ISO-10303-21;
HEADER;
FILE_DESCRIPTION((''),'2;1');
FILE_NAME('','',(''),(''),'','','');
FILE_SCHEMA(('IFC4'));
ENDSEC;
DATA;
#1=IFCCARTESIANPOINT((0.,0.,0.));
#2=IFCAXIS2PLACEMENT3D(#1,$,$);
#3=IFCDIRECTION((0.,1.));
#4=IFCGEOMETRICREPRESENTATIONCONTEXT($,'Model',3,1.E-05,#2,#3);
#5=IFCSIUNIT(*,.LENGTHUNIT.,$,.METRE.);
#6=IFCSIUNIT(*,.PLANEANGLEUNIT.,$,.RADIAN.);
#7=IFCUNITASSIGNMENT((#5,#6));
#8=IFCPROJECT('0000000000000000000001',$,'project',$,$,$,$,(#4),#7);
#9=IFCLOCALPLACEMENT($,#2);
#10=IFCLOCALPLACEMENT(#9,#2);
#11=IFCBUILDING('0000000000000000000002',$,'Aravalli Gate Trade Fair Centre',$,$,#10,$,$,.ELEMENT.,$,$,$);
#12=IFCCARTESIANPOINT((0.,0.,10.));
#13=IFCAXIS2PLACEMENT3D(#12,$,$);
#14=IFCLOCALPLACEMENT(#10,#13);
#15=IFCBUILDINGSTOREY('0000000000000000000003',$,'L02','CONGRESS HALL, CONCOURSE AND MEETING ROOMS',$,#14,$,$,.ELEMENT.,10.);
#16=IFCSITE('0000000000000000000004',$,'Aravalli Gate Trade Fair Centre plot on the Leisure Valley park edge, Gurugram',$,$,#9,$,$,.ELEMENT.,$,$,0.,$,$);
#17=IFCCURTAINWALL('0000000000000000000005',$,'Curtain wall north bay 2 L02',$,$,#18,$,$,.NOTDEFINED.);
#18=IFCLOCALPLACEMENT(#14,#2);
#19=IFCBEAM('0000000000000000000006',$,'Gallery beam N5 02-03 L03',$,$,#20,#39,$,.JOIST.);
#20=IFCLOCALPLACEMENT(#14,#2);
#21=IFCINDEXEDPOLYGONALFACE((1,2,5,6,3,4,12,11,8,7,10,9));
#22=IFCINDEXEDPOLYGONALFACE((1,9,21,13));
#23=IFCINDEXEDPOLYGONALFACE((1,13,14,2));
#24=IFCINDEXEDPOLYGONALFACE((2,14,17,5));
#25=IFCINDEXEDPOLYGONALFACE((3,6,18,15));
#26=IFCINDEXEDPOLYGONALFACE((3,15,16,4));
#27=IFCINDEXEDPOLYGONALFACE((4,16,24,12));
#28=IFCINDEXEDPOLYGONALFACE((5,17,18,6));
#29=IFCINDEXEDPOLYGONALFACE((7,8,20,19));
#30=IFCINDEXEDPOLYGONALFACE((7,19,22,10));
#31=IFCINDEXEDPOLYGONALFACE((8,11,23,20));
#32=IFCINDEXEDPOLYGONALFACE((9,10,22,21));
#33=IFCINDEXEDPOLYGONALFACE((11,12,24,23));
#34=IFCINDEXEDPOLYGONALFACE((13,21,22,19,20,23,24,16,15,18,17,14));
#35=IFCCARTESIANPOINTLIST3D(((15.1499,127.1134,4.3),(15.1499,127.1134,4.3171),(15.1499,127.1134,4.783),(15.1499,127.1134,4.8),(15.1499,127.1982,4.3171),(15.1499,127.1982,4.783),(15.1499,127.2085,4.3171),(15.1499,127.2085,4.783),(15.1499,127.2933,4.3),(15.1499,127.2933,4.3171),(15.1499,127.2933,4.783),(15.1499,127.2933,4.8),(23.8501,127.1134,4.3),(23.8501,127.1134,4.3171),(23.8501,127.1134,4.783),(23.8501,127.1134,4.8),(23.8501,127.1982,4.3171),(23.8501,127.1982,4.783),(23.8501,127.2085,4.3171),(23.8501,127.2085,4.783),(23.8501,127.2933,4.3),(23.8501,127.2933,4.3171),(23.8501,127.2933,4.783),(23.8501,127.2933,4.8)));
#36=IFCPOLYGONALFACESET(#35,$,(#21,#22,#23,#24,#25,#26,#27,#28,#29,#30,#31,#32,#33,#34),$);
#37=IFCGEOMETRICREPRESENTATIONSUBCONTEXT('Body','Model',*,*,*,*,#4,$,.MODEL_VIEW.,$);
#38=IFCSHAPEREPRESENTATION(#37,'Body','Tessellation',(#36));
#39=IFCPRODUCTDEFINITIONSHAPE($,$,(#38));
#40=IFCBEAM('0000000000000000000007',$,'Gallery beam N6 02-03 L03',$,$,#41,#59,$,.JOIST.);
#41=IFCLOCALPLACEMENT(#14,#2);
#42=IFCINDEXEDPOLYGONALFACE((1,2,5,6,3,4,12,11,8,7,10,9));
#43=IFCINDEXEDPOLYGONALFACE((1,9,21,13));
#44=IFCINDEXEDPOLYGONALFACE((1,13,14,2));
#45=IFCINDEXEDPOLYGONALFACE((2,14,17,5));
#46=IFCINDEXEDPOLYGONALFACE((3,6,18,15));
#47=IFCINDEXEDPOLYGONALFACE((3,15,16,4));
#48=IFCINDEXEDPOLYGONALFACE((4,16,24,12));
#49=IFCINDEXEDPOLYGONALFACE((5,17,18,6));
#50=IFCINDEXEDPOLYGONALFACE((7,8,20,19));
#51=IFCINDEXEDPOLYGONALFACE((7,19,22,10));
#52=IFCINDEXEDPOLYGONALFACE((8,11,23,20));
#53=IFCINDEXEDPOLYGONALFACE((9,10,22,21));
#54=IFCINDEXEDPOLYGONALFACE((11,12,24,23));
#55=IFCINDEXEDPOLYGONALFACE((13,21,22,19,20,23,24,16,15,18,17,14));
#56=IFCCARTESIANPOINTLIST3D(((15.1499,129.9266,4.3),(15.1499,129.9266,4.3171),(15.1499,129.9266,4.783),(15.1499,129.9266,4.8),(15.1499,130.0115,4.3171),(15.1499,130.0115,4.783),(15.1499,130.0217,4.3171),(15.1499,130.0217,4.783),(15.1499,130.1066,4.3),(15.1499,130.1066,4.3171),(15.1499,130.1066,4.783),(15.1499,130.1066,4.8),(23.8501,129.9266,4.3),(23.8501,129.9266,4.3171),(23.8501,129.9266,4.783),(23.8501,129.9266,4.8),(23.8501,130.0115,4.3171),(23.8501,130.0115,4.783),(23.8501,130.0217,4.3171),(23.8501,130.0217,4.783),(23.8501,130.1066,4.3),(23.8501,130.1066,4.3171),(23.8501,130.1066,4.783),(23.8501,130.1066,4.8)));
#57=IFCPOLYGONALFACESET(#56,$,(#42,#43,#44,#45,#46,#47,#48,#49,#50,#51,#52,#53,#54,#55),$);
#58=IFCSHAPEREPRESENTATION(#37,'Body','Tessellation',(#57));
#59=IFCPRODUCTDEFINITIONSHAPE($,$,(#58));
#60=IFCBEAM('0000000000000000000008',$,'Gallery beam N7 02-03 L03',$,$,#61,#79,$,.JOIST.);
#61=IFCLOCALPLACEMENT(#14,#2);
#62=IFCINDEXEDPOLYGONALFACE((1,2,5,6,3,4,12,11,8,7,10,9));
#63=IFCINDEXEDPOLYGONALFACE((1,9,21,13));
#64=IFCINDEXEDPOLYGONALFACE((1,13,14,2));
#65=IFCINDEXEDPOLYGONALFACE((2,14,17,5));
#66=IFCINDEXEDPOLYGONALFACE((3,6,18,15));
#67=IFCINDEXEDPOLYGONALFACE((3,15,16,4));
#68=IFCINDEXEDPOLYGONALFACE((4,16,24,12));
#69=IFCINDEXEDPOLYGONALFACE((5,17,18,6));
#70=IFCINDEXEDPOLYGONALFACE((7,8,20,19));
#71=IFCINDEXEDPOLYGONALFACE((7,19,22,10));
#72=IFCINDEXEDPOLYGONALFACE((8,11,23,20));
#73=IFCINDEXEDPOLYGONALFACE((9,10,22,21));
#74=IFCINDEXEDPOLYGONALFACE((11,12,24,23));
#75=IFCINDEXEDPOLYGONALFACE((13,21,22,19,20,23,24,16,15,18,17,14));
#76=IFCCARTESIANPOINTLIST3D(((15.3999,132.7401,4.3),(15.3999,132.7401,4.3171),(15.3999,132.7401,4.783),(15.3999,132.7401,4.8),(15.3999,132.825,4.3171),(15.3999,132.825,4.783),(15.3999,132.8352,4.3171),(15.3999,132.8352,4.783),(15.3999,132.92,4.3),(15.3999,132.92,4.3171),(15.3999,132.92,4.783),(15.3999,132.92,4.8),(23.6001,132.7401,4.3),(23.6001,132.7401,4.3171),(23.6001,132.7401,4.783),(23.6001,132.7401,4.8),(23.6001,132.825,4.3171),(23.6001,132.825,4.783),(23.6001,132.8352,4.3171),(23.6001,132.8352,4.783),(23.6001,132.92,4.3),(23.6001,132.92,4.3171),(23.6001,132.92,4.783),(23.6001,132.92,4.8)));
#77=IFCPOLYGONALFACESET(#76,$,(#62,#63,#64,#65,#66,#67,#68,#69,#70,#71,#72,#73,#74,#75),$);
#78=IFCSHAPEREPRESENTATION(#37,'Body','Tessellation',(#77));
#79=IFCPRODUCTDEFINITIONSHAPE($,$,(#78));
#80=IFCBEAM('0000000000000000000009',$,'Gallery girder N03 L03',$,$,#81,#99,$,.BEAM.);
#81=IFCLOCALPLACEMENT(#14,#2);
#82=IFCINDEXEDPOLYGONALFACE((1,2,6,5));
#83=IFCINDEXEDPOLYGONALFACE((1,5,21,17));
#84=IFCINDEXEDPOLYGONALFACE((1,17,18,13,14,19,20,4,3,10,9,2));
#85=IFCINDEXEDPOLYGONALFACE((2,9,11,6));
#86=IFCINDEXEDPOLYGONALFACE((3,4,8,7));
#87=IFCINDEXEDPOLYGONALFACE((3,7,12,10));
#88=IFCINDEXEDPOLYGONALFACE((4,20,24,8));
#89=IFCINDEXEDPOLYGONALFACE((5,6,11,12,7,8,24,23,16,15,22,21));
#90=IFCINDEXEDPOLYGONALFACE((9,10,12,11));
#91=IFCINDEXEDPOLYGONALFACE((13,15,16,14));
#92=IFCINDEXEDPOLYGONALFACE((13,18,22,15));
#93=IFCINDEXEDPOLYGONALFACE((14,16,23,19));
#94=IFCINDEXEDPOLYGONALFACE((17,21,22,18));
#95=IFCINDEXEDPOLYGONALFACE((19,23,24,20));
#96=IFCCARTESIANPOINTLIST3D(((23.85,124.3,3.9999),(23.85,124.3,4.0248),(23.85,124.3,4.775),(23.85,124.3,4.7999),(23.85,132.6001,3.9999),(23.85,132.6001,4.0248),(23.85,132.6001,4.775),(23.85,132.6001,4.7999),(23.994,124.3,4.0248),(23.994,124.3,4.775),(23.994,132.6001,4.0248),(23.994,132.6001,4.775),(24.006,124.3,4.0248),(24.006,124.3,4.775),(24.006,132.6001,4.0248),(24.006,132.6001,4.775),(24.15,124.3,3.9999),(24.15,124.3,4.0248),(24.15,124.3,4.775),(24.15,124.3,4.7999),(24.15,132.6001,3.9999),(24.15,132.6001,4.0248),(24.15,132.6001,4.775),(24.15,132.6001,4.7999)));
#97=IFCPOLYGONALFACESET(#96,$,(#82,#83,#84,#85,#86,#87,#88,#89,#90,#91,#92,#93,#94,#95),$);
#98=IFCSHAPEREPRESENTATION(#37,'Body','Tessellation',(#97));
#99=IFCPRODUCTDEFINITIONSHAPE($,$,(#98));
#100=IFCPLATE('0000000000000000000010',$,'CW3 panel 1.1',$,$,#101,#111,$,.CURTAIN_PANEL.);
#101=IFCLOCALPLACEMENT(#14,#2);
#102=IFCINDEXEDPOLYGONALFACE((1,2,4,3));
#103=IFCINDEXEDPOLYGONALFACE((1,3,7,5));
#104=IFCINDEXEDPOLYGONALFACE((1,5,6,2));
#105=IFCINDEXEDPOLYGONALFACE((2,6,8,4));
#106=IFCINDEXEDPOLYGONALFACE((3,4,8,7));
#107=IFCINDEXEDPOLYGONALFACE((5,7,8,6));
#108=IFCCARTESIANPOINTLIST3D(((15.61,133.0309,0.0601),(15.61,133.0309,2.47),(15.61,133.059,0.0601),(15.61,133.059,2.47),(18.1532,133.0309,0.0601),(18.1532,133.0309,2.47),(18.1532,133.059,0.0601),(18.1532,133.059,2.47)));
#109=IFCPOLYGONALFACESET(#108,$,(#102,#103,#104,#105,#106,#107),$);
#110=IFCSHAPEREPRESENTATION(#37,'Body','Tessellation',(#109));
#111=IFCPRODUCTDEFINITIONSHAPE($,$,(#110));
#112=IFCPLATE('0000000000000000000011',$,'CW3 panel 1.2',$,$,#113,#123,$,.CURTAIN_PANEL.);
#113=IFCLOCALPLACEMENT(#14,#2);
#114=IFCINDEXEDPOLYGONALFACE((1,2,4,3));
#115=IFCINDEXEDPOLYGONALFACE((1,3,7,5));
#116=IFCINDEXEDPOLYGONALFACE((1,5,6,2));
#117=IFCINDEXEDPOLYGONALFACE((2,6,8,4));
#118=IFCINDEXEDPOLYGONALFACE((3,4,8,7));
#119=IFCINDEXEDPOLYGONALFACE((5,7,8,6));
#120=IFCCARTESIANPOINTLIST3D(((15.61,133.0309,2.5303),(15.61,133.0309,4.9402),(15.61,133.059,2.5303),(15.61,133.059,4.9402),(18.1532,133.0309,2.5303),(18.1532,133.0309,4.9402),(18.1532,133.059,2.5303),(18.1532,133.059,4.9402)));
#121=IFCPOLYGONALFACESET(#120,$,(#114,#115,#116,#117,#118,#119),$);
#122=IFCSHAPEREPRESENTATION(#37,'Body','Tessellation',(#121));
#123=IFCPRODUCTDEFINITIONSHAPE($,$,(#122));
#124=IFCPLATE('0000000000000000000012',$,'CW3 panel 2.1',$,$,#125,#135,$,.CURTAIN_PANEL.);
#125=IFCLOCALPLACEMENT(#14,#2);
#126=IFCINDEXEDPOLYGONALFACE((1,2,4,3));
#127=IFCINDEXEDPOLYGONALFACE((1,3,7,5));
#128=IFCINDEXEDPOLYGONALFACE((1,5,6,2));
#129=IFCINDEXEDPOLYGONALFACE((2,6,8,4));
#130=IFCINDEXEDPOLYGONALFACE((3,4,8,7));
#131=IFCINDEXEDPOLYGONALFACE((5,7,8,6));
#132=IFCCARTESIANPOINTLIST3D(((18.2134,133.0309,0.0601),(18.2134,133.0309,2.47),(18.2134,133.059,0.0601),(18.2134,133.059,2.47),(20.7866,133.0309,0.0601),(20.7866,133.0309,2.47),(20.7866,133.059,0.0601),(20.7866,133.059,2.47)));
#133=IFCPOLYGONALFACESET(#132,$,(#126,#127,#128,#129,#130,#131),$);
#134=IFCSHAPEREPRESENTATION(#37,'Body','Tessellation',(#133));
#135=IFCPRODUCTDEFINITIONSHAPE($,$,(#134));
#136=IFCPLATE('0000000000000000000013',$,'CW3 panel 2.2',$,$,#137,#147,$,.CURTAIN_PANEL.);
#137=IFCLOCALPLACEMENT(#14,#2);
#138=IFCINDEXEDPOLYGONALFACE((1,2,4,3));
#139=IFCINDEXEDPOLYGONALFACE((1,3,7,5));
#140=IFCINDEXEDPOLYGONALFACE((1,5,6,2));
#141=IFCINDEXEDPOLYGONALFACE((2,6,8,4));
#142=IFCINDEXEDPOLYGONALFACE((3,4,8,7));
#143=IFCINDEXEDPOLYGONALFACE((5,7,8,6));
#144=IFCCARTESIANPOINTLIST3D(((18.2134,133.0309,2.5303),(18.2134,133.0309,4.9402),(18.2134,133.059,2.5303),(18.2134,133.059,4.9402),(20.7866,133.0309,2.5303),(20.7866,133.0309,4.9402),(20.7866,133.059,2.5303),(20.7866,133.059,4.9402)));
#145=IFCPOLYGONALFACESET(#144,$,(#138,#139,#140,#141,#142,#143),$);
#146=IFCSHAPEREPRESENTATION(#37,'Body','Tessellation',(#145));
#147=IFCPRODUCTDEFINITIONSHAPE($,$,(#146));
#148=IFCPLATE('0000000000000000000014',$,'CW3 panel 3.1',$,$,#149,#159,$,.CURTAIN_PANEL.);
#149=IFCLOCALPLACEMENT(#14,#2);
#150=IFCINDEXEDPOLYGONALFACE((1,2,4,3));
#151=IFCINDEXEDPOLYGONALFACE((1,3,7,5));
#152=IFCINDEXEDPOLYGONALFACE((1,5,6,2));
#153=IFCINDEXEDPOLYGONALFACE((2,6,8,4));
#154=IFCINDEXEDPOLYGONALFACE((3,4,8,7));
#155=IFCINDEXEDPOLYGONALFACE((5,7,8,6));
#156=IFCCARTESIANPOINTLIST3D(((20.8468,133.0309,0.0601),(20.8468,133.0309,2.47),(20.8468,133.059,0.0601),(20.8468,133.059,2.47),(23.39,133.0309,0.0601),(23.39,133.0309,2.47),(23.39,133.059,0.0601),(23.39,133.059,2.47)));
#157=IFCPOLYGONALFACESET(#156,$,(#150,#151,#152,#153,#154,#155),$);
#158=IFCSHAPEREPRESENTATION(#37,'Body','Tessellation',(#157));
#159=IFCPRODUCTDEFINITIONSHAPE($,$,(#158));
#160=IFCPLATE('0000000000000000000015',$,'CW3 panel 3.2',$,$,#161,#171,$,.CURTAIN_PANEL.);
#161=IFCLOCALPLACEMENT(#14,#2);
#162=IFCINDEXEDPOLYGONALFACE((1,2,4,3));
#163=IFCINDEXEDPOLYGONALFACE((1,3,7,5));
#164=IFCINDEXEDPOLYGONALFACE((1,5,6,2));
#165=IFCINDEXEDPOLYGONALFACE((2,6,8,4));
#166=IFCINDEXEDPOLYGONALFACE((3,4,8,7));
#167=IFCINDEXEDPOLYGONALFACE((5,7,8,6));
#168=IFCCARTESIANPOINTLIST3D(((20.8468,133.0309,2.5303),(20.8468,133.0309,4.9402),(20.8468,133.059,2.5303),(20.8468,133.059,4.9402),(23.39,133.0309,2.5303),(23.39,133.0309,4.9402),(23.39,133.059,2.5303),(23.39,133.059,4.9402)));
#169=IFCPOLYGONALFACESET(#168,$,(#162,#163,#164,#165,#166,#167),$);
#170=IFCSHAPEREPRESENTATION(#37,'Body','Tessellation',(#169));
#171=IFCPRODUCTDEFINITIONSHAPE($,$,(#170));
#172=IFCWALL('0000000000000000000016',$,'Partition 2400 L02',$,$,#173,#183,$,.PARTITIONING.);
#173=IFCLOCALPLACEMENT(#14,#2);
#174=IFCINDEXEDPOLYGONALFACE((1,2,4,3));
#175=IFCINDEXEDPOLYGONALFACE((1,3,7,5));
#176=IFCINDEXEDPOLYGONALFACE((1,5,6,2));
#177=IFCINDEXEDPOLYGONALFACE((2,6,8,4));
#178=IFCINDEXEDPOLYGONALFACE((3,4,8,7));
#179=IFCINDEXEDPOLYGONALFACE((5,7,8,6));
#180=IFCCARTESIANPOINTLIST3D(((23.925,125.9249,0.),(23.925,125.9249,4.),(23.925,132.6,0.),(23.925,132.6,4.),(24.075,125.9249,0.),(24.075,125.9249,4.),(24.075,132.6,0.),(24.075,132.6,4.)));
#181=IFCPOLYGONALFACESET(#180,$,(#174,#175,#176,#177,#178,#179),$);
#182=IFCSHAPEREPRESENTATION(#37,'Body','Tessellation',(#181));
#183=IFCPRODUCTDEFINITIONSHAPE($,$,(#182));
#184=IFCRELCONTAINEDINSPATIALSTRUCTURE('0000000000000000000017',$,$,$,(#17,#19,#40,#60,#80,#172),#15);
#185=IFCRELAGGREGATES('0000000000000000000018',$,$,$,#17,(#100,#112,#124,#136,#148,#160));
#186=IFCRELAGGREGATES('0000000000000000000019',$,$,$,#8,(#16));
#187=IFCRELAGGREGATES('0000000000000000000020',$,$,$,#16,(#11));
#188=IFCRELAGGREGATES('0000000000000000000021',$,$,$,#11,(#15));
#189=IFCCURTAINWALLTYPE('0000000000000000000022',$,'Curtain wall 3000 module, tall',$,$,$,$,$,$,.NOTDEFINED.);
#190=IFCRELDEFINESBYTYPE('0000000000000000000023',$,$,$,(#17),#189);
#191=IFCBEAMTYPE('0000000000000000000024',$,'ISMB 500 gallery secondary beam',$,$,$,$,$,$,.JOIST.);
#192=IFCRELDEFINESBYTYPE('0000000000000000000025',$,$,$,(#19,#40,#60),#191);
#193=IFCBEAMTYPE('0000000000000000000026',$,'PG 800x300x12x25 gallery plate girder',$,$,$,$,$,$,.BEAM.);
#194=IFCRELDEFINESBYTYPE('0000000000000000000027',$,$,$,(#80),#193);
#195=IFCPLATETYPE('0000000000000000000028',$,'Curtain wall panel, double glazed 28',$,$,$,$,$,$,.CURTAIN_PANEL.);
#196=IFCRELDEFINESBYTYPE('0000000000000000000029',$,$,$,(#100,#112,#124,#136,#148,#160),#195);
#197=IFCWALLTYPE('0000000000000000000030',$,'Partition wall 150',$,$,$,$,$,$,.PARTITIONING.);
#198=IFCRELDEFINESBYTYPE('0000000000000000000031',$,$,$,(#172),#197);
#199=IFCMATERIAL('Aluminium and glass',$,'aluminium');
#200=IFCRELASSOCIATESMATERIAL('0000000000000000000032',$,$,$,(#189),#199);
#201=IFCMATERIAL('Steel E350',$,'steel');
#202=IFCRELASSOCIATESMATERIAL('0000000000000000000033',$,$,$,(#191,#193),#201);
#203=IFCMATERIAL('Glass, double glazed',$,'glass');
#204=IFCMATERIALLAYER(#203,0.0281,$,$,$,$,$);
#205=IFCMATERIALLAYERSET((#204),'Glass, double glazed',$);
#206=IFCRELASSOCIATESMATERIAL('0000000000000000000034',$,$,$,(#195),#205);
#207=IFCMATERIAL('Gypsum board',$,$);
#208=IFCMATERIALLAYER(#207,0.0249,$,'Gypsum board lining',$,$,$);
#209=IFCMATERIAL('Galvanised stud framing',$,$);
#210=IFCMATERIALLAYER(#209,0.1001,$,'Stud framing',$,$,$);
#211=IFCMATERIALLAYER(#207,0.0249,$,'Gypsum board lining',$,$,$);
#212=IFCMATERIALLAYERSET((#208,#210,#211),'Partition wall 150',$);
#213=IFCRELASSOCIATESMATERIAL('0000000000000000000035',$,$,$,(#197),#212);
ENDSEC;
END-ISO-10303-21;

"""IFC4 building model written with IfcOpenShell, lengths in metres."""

from ifc_helpers import new_model, si_unit, direction, frame, frame_2d, origin, origin_2d, place, context, subcontext, project, spatial, rectangle, i_section, extrude, material, layer, layer_set, material_profile, profile_set, type_object, element, aggregate, save


model = new_model("IFC4")

# Units and contexts
model_context = context("Model", 3, precision=1e-05, world=origin(), true_north=direction((0.0, 1.0)))
body_context = subcontext(model_context, "Body", "Model", "MODEL_VIEW")
ifc_project = project(units=[si_unit("LENGTHUNIT", "METRE"), si_unit("PLANEANGLEUNIT", "RADIAN")], contexts=[model_context])

# Site, building, storey
site_placement = place(None, origin())
site = spatial("IfcSite", under=ifc_project, at=site_placement, Name="Aravalli Gate Trade Fair Centre plot on the Leisure Valley park edge, Gurugram", CompositionType="ELEMENT", RefElevation=0.0)
building_placement = place(site_placement, origin())
building = spatial("IfcBuilding", under=site, at=building_placement, Name="Aravalli Gate Trade Fair Centre", CompositionType="ELEMENT")
storey_placement = place(building_placement, frame((0.0, 0.0, 10.0)))
storey = spatial("IfcBuildingStorey", under=building, at=storey_placement, Name="L02", Description="CONGRESS HALL, CONCOURSE AND MEETING ROOMS", CompositionType="ELEMENT", Elevation=10.0)

# Curtain wall
ifc_material_1 = material(Name="Aluminium and glass", Category="aluminium")
curtain_wall_type = type_object("IfcCurtainWallType", Name="Curtain wall 3000 module, tall", PredefinedType="NOTDEFINED", material=ifc_material_1)
curtain_wall_placement = place(storey_placement, origin())
curtain_wall = element("IfcCurtainWall", 1, at=curtain_wall_placement, inside=storey, type_object=curtain_wall_type, Name="Curtain wall north bay 2 L02", PredefinedType="NOTDEFINED")

# Beams
ifc_material_2 = material(Name="Steel E350", Category="steel")
ifc_material_profile_1 = material_profile(ifc_material_2, i_section(OverallWidth=0.1799, OverallDepth=0.5, WebThickness=0.0103, FlangeThickness=0.0171, at=origin_2d()), Name="ISMB 500")
ifc_profile_set_1 = profile_set([ifc_material_profile_1], Name="Steel E350")
beam_type_1 = type_object("IfcBeamType", Name="ISMB 500 gallery secondary beam", PredefinedType="JOIST", material=ifc_profile_set_1)
for number, where, z_axis, x_axis, name in (
    (2, (15.1499, 127.2034, 4.55), (1.0, 0.0, 0.0), (0.0, 1.0, 0.0), "Gallery beam N5 02-03 L03"),
    (3, (15.1499, 130.0166, 4.55), (1.0, 0.0, 0.0), (0.0, 1.0, 0.0), "Gallery beam N6 02-03 L03"),
):
    element("IfcBeam", number, at=place(storey_placement, frame(where, z_axis=z_axis, x_axis=x_axis)), inside=storey, type_object=beam_type_1, Name=name, PredefinedType="JOIST", context=body_context, shape_type="SweptSolid", body=[
        extrude(i_section(OverallWidth=0.1799, OverallDepth=0.5, WebThickness=0.0103, FlangeThickness=0.0171, at=origin_2d()), origin(), (0.0, 0.0, 1.0), 8.7002),
    ])
beam_1_placement = place(storey_placement, frame((15.3999, 132.8301, 4.55), z_axis=(1.0, 0.0, 0.0), x_axis=(0.0, 1.0, 0.0)))
element("IfcBeam", 4, at=beam_1_placement, inside=storey, type_object=beam_type_1, Name="Gallery beam N7 02-03 L03", PredefinedType="JOIST", context=body_context, shape_type="SweptSolid", body=[
    extrude(i_section(OverallWidth=0.1799, OverallDepth=0.5, WebThickness=0.0103, FlangeThickness=0.0171, at=origin_2d()), origin(), (0.0, 0.0, 1.0), 8.2002),
])
ifc_material_profile_2 = material_profile(ifc_material_2, i_section(OverallWidth=0.3, OverallDepth=0.8, WebThickness=0.012, FlangeThickness=0.0249, at=origin_2d()), Name="PG 800x300x12x25")
ifc_profile_set_2 = profile_set([ifc_material_profile_2], Name="Steel E350")
beam_type_2 = type_object("IfcBeamType", Name="PG 800x300x12x25 gallery plate girder", PredefinedType="BEAM", material=ifc_profile_set_2)
beam_2_placement = place(storey_placement, frame((24.0, 124.3, 4.3999), z_axis=(0.0, 1.0, 0.0), x_axis=(-1.0, 0.0, 0.0)))
element("IfcBeam", 5, at=beam_2_placement, inside=storey, type_object=beam_type_2, Name="Gallery girder N03 L03", PredefinedType="BEAM", context=body_context, shape_type="SweptSolid", body=[
    extrude(i_section(OverallWidth=0.3, OverallDepth=0.8, WebThickness=0.012, FlangeThickness=0.0249, at=origin_2d()), origin(), (0.0, 0.0, 1.0), 8.3),
])

# Plates
ifc_material_3 = material(Name="Glass, double glazed", Category="glass")
ifc_layer_1 = layer(ifc_material_3, 0.0281)
ifc_layer_set_1 = layer_set([ifc_layer_1], Name="Glass, double glazed")
plate_type = type_object("IfcPlateType", Name="Curtain wall panel, double glazed 28", PredefinedType="CURTAIN_PANEL", material=ifc_layer_set_1)
plate_1_placement = place(storey_placement, frame((16.8816, 133.0449, 0.0601), z_axis=(0.0, 0.0, 1.0), x_axis=(1.0, 0.0, 0.0)))
plate_1 = element("IfcPlate", 6, at=plate_1_placement, type_object=plate_type, Name="CW3 panel 1.1", PredefinedType="CURTAIN_PANEL", context=body_context, shape_type="SweptSolid", body=[
    extrude(rectangle(XDim=2.5432, YDim=0.0281, at=origin_2d()), origin(), (0.0, 0.0, 1.0), 2.4099),
])
plate_2_placement = place(storey_placement, frame((16.8816, 133.0449, 2.5303), z_axis=(0.0, 0.0, 1.0), x_axis=(1.0, 0.0, 0.0)))
plate_2 = element("IfcPlate", 7, at=plate_2_placement, type_object=plate_type, Name="CW3 panel 1.2", PredefinedType="CURTAIN_PANEL", context=body_context, shape_type="SweptSolid", body=[
    extrude(rectangle(XDim=2.5432, YDim=0.0281, at=origin_2d()), origin(), (0.0, 0.0, 1.0), 2.4099),
])
plate_3_placement = place(storey_placement, frame((19.5, 133.0449, 0.0601), z_axis=(0.0, 0.0, 1.0), x_axis=(1.0, 0.0, 0.0)))
plate_3 = element("IfcPlate", 8, at=plate_3_placement, type_object=plate_type, Name="CW3 panel 2.1", PredefinedType="CURTAIN_PANEL", context=body_context, shape_type="SweptSolid", body=[
    extrude(rectangle(XDim=2.5732, YDim=0.0281, at=origin_2d()), origin(), (0.0, 0.0, 1.0), 2.4099),
])
plate_4_placement = place(storey_placement, frame((19.5, 133.0449, 2.5303), z_axis=(0.0, 0.0, 1.0), x_axis=(1.0, 0.0, 0.0)))
plate_4 = element("IfcPlate", 9, at=plate_4_placement, type_object=plate_type, Name="CW3 panel 2.2", PredefinedType="CURTAIN_PANEL", context=body_context, shape_type="SweptSolid", body=[
    extrude(rectangle(XDim=2.5732, YDim=0.0281, at=origin_2d()), origin(), (0.0, 0.0, 1.0), 2.4099),
])
plate_5_placement = place(storey_placement, frame((22.1184, 133.0449, 0.0601), z_axis=(0.0, 0.0, 1.0), x_axis=(1.0, 0.0, 0.0)))
plate_5 = element("IfcPlate", 10, at=plate_5_placement, type_object=plate_type, Name="CW3 panel 3.1", PredefinedType="CURTAIN_PANEL", context=body_context, shape_type="SweptSolid", body=[
    extrude(rectangle(XDim=2.5432, YDim=0.0281, at=origin_2d()), origin(), (0.0, 0.0, 1.0), 2.4099),
])
plate_6_placement = place(storey_placement, frame((22.1184, 133.0449, 2.5303), z_axis=(0.0, 0.0, 1.0), x_axis=(1.0, 0.0, 0.0)))
plate_6 = element("IfcPlate", 11, at=plate_6_placement, type_object=plate_type, Name="CW3 panel 3.2", PredefinedType="CURTAIN_PANEL", context=body_context, shape_type="SweptSolid", body=[
    extrude(rectangle(XDim=2.5432, YDim=0.0281, at=origin_2d()), origin(), (0.0, 0.0, 1.0), 2.4099),
])
aggregate(curtain_wall, [plate_1, plate_2, plate_3, plate_4, plate_5, plate_6])

# Wall
ifc_material_4 = material(Name="Gypsum board")
ifc_layer_2 = layer(ifc_material_4, 0.0249, Name="Gypsum board lining")
ifc_material_5 = material(Name="Galvanised stud framing")
ifc_layer_3 = layer(ifc_material_5, 0.1001, Name="Stud framing")
ifc_layer_4 = layer(ifc_material_4, 0.0249, Name="Gypsum board lining")
ifc_layer_set_2 = layer_set([ifc_layer_2, ifc_layer_3, ifc_layer_4], Name="Partition wall 150")
wall_type = type_object("IfcWallType", Name="Partition wall 150", PredefinedType="PARTITIONING", material=ifc_layer_set_2)
wall_placement = place(storey_placement, frame((24.0, 125.925, 0.0), z_axis=(0.0, 0.0, 1.0), x_axis=(0.0, 1.0, 0.0)))
element("IfcWall", 12, at=wall_placement, inside=storey, type_object=wall_type, Name="Partition 2400 L02", PredefinedType="PARTITIONING", context=body_context, shape_type="SweptSolid", body=[
    extrude(rectangle(XDim=6.675, YDim=0.1499, at=frame_2d((3.3374, 0.0))), origin(), (0.0, 0.0, 1.0), 4.0),
])

save(model, "model.ifc")
